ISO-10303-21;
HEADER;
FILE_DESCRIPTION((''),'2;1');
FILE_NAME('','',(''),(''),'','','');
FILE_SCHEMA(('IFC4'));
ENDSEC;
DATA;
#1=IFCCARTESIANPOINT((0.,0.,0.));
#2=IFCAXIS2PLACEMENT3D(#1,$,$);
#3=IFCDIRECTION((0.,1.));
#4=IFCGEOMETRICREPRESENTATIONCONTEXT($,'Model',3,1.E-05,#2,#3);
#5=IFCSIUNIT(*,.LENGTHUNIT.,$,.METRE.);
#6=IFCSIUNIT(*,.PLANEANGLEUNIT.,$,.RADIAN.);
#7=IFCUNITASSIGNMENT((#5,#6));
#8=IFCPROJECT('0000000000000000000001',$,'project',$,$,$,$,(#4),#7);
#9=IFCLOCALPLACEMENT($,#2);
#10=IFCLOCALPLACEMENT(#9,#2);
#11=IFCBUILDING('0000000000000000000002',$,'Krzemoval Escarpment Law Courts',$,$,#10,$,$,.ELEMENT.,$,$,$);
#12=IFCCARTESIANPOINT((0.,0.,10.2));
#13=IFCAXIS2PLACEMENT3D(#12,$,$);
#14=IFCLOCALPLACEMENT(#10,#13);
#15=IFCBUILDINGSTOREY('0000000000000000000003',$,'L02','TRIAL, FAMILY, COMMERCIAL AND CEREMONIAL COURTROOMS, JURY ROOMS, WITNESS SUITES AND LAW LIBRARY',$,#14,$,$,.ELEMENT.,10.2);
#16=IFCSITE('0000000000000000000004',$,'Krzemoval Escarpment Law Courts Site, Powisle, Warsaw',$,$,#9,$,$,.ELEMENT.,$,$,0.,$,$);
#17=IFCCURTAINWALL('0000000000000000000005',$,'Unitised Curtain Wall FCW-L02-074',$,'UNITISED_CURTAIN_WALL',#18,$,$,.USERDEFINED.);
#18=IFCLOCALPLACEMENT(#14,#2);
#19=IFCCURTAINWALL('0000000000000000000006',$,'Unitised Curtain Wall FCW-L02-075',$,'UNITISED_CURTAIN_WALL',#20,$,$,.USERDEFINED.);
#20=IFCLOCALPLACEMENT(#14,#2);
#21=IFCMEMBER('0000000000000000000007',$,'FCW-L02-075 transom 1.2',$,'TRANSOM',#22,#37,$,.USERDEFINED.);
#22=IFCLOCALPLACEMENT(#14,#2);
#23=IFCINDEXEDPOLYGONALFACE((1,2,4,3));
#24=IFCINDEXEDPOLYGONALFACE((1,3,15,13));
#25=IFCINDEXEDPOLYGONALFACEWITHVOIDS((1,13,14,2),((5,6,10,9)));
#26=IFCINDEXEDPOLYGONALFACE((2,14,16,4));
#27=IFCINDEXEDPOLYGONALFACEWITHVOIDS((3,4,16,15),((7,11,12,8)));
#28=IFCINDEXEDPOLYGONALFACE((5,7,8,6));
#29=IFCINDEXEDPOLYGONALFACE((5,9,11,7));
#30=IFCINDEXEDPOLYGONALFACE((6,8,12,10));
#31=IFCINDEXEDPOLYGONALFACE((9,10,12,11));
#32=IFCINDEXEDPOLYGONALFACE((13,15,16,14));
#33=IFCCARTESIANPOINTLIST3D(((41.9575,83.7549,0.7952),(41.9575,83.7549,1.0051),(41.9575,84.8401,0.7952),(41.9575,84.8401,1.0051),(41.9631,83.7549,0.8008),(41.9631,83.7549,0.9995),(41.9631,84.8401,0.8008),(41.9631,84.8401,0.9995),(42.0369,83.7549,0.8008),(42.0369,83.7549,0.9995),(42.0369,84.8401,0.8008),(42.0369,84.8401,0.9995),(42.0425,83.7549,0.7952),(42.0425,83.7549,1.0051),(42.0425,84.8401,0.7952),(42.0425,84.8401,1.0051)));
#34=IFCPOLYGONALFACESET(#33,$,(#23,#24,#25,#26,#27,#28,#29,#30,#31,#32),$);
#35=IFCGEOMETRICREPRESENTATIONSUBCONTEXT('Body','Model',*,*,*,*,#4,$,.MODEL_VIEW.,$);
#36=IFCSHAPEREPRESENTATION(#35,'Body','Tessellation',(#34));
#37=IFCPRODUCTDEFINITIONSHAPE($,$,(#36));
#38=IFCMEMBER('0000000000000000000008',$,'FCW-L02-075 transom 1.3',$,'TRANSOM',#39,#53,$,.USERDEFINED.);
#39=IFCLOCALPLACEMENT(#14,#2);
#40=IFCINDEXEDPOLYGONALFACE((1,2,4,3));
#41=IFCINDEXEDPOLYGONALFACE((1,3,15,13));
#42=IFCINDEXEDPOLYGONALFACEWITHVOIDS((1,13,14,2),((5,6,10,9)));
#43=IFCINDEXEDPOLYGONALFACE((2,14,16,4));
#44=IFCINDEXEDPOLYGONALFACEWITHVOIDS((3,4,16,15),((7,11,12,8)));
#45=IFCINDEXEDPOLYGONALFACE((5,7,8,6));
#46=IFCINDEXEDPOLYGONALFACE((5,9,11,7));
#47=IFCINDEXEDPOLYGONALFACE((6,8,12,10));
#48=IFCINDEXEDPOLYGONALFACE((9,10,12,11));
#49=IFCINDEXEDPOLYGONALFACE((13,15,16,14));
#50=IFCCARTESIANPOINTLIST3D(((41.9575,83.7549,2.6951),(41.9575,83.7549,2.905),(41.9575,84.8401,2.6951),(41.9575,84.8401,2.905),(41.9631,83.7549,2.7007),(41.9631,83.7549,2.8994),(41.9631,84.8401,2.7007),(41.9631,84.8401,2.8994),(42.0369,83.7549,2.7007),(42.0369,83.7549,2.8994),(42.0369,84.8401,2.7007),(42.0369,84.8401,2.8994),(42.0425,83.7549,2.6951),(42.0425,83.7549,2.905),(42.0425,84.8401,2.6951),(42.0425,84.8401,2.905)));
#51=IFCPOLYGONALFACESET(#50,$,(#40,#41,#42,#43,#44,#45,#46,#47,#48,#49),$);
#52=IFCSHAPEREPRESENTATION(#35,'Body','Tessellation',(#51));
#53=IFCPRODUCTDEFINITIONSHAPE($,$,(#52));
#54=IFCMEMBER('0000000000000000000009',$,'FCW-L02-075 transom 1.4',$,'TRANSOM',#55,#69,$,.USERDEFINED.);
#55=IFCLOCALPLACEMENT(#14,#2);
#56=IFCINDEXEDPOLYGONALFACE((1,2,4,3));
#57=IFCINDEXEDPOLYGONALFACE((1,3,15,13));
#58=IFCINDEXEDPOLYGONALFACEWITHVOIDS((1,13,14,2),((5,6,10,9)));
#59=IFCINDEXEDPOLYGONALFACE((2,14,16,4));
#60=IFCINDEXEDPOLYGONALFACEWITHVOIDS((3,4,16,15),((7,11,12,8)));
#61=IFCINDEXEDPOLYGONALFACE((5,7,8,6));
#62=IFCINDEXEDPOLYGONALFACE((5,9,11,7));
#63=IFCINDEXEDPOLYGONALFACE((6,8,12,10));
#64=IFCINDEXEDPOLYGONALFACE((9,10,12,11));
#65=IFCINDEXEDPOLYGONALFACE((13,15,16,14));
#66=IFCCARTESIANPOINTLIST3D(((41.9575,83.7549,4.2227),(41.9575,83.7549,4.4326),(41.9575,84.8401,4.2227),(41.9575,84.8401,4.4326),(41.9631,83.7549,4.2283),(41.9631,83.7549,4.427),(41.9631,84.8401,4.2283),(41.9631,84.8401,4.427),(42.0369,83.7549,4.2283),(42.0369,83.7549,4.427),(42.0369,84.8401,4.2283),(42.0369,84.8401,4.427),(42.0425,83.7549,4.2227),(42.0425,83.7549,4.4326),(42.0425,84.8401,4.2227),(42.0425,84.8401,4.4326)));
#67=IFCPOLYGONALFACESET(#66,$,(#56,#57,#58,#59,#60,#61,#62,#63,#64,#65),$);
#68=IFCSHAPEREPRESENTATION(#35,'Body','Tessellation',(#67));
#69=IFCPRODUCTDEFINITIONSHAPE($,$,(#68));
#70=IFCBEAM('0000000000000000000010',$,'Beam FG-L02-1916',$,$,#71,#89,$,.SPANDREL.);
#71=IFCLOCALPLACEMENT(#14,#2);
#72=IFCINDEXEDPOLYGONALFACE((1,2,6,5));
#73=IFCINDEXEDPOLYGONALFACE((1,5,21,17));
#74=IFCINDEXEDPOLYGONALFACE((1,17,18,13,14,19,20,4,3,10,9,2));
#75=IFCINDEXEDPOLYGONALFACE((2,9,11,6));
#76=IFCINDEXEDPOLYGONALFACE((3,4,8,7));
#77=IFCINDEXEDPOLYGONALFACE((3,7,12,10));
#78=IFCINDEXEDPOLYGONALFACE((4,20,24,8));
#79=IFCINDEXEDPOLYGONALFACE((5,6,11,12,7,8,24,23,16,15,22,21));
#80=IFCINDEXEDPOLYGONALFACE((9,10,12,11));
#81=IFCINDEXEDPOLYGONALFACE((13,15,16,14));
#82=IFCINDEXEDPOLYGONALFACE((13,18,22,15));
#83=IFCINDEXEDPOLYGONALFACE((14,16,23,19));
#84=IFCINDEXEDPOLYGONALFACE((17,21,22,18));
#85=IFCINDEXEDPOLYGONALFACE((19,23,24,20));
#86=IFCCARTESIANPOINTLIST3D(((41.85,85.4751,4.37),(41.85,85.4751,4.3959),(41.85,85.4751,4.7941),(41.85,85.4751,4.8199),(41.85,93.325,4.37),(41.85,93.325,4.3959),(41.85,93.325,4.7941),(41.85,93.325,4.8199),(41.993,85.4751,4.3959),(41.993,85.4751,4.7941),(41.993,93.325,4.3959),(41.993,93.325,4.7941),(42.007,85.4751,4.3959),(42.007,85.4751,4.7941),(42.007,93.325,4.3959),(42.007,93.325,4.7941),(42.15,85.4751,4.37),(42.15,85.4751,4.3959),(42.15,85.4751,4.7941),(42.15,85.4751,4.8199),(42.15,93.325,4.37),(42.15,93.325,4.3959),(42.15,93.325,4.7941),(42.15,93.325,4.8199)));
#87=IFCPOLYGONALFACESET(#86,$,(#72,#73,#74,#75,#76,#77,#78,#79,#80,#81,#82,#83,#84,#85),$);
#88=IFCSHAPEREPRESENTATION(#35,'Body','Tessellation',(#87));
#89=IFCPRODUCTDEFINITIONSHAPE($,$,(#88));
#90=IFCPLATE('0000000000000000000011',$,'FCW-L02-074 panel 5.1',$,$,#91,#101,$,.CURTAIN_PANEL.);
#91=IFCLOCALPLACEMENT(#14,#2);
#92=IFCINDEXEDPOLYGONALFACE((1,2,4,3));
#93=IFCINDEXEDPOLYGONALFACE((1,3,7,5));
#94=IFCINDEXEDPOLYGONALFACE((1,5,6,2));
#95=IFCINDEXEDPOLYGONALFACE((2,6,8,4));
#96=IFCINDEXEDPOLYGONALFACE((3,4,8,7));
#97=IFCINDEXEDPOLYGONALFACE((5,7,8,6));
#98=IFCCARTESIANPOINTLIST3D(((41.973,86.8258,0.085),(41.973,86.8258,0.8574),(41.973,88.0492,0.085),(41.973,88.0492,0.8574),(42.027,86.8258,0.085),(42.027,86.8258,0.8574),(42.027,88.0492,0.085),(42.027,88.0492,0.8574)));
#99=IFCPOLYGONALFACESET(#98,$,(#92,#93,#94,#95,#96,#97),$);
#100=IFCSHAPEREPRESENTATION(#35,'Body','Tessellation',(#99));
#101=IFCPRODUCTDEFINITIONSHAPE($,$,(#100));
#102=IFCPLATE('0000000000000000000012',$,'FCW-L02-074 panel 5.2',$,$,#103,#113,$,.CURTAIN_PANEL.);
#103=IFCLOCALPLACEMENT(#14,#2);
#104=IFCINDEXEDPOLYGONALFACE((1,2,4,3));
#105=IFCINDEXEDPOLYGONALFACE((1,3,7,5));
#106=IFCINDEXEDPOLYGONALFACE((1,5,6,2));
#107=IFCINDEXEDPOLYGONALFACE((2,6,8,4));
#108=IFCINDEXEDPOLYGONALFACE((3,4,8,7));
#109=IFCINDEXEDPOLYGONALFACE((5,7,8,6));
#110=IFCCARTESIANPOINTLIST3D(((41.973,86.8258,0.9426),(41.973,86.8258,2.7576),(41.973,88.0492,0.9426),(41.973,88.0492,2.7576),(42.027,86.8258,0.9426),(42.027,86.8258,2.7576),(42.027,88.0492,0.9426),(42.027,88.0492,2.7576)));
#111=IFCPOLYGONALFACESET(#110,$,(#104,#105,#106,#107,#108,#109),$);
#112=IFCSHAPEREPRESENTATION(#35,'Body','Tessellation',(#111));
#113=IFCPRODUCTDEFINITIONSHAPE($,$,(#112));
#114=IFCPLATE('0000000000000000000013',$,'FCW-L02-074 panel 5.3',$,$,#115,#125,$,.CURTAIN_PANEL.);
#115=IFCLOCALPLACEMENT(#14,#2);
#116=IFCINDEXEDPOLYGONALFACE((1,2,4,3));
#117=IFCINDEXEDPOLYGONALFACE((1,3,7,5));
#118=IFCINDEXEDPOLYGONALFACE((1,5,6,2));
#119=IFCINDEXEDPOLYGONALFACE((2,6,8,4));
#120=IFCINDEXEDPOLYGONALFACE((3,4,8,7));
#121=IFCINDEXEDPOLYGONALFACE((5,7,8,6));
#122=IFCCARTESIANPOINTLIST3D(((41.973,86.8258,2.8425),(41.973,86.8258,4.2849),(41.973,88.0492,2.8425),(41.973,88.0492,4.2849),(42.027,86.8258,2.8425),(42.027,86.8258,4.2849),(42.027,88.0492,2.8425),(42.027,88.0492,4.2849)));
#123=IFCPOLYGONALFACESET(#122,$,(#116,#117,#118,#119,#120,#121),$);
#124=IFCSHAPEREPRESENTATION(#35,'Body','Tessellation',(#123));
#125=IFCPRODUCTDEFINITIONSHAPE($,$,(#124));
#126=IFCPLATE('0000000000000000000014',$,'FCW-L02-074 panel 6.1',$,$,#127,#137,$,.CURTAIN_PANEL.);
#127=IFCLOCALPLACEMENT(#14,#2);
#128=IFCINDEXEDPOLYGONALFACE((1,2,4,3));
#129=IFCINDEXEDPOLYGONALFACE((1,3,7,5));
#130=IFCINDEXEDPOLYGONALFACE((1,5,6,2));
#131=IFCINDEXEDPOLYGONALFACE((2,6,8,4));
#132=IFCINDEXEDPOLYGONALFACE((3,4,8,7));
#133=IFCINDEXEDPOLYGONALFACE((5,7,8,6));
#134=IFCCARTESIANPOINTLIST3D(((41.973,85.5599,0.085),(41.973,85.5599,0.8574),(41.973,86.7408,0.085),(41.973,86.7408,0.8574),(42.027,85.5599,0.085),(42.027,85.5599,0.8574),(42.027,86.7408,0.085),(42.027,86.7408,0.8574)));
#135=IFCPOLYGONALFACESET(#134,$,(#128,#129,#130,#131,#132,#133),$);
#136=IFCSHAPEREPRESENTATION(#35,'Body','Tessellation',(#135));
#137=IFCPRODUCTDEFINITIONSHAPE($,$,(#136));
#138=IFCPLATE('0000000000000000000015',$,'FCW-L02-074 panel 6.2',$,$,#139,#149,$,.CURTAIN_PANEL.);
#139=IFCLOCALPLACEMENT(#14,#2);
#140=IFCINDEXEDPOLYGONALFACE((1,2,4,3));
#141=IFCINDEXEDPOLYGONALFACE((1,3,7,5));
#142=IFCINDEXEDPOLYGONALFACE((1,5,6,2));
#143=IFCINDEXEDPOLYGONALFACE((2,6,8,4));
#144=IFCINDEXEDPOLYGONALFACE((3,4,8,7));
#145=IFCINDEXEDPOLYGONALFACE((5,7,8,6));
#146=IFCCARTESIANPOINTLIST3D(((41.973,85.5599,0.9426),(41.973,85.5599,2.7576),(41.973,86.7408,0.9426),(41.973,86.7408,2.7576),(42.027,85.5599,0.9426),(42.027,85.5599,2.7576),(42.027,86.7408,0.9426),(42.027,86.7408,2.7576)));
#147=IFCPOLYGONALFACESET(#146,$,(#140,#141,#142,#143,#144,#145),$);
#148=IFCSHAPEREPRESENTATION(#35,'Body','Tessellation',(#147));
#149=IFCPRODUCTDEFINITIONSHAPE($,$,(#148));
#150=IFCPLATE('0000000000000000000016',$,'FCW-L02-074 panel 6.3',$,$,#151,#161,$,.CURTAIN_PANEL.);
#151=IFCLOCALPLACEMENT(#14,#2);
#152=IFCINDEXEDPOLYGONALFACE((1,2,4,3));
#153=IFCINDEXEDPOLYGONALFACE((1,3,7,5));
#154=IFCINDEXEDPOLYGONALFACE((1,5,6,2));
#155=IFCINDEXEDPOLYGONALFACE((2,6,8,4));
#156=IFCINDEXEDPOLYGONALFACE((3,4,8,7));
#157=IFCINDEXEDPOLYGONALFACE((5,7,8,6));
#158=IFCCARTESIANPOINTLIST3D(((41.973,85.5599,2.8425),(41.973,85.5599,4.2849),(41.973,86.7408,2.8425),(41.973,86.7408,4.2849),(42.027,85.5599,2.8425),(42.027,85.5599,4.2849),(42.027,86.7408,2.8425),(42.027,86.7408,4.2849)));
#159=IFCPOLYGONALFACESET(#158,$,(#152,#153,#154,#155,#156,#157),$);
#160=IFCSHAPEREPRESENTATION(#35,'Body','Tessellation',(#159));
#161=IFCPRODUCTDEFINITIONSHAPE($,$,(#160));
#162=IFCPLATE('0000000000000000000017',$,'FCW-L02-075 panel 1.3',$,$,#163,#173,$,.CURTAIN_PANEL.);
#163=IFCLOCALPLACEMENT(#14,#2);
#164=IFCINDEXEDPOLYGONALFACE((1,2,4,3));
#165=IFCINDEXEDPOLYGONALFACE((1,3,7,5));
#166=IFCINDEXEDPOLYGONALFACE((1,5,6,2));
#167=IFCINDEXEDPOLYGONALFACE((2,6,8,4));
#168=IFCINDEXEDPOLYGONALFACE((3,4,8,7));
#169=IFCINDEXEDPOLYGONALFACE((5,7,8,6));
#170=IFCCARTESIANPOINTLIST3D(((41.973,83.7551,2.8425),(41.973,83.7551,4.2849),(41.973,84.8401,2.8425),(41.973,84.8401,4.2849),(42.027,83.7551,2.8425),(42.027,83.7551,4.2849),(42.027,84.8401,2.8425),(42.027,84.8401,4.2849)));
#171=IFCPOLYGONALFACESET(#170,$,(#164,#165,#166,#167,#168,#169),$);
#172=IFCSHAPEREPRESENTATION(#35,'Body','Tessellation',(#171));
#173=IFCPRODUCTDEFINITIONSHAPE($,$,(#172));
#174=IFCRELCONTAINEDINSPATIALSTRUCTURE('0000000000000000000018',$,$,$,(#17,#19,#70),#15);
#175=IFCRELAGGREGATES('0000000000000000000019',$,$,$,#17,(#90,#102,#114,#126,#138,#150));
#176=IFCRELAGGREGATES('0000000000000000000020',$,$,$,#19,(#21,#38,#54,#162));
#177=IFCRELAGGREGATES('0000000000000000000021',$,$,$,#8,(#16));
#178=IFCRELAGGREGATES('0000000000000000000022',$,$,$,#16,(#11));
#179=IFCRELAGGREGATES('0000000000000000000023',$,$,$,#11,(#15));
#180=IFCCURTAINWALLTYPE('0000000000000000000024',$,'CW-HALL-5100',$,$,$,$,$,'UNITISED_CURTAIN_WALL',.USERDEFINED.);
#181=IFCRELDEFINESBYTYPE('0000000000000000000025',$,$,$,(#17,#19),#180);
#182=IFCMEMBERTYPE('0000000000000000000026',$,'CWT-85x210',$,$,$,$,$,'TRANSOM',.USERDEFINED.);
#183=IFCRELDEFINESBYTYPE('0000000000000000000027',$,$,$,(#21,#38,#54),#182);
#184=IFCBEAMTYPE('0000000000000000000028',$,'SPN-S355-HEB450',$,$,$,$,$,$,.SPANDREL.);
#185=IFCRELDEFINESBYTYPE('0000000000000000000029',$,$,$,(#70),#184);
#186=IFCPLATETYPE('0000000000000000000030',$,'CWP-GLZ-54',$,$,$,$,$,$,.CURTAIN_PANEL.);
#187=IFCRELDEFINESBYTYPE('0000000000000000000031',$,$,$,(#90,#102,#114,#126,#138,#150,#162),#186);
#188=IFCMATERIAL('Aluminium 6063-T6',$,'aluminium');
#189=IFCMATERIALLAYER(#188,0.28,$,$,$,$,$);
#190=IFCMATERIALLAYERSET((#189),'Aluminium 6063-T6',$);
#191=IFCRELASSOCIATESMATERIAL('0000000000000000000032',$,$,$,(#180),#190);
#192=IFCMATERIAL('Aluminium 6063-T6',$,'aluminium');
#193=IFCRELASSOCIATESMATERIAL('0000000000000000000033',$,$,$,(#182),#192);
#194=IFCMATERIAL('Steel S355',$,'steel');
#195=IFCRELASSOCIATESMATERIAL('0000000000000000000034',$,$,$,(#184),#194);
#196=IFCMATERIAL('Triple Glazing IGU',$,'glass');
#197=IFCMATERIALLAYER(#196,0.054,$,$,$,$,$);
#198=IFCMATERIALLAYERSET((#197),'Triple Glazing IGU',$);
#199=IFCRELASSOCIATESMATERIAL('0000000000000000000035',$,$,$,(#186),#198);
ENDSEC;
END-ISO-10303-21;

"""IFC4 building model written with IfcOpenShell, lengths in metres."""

from ifc_helpers import new_model, si_unit, direction, frame, origin, origin_2d, place, context, subcontext, project, spatial, rectangle, hollow_rectangle, i_section, extrude, material, layer, layer_set, material_profile, profile_set, type_object, element, aggregate, save


model = new_model("IFC4")

# Units and contexts
model_context = context("Model", 3, precision=1e-05, world=origin(), true_north=direction((0.0, 1.0)))
body_context = subcontext(model_context, "Body", "Model", "MODEL_VIEW")
ifc_project = project(units=[si_unit("LENGTHUNIT", "METRE"), si_unit("PLANEANGLEUNIT", "RADIAN")], contexts=[model_context])

# Site, building, storey
site_placement = place(None, origin())
site = spatial("IfcSite", under=ifc_project, at=site_placement, Name="Krzemoval Escarpment Law Courts Site, Powisle, Warsaw", CompositionType="ELEMENT", RefElevation=0.0)
building_placement = place(site_placement, origin())
building = spatial("IfcBuilding", under=site, at=building_placement, Name="Krzemoval Escarpment Law Courts", CompositionType="ELEMENT")
storey_placement = place(building_placement, frame((0.0, 0.0, 10.2)))
storey = spatial("IfcBuildingStorey", under=building, at=storey_placement, Name="L02", Description="TRIAL, FAMILY, COMMERCIAL AND CEREMONIAL COURTROOMS, JURY ROOMS, WITNESS SUITES AND LAW LIBRARY", CompositionType="ELEMENT", Elevation=10.2)

# Curtain wall
ifc_material_1 = material(Name="Aluminium 6063-T6", Category="aluminium")
ifc_layer_1 = layer(ifc_material_1, 0.28)
ifc_layer_set_1 = layer_set([ifc_layer_1], Name="Aluminium 6063-T6")
curtain_wall_type = type_object("IfcCurtainWallType", Name="CW-HALL-5100", ElementType="UNITISED_CURTAIN_WALL", PredefinedType="USERDEFINED", material=ifc_layer_set_1)
curtain_wall_1_placement = place(storey_placement, origin())
curtain_wall_1 = element("IfcCurtainWall", 1, at=curtain_wall_1_placement, inside=storey, type_object=curtain_wall_type, Name="Unitised Curtain Wall FCW-L02-074", ObjectType="UNITISED_CURTAIN_WALL", PredefinedType="USERDEFINED")

# Curtain wall
curtain_wall_2_placement = place(storey_placement, origin())
curtain_wall_2 = element("IfcCurtainWall", 2, at=curtain_wall_2_placement, inside=storey, type_object=curtain_wall_type, Name="Unitised Curtain Wall FCW-L02-075", ObjectType="UNITISED_CURTAIN_WALL", PredefinedType="USERDEFINED")

# Members
ifc_material_2 = material(Name="Aluminium 6063-T6", Category="aluminium")
ifc_material_profile_1 = material_profile(ifc_material_2, hollow_rectangle(XDim=0.085, YDim=0.21, WallThickness=0.0056, at=origin_2d()), Name="ALU T85x210")
ifc_profile_set_1 = profile_set([ifc_material_profile_1], Name="Aluminium 6063-T6")
member_type_1 = type_object("IfcMemberType", Name="CWT-85x210", ElementType="TRANSOM", PredefinedType="USERDEFINED", material=ifc_profile_set_1)
member_1_placement = place(storey_placement, frame((42.0, 84.8401, 0.9001), z_axis=(0.0, -1.0, 0.0), x_axis=(1.0, 0.0, 0.0)))
member_1 = element("IfcMember", 3, at=member_1_placement, type_object=member_type_1, Name="FCW-L02-075 transom 1.2", ObjectType="TRANSOM", PredefinedType="USERDEFINED", context=body_context, shape_type="SweptSolid", body=[
    extrude(hollow_rectangle(XDim=0.085, YDim=0.21, WallThickness=0.0056, at=origin_2d()), origin(), (0.0, 0.0, 1.0), 1.0852),
])
member_2_placement = place(storey_placement, frame((42.0, 84.8401, 2.8), z_axis=(0.0, -1.0, 0.0), x_axis=(1.0, 0.0, 0.0)))
member_2 = element("IfcMember", 4, at=member_2_placement, type_object=member_type_1, Name="FCW-L02-075 transom 1.3", ObjectType="TRANSOM", PredefinedType="USERDEFINED", context=body_context, shape_type="SweptSolid", body=[
    extrude(hollow_rectangle(XDim=0.085, YDim=0.21, WallThickness=0.0056, at=origin_2d()), origin(), (0.0, 0.0, 1.0), 1.0852),
])
member_3_placement = place(storey_placement, frame((42.0, 84.8401, 4.3276), z_axis=(0.0, -1.0, 0.0), x_axis=(1.0, 0.0, 0.0)))
member_3 = element("IfcMember", 5, at=member_3_placement, type_object=member_type_1, Name="FCW-L02-075 transom 1.4", ObjectType="TRANSOM", PredefinedType="USERDEFINED", context=body_context, shape_type="SweptSolid", body=[
    extrude(hollow_rectangle(XDim=0.085, YDim=0.21, WallThickness=0.0056, at=origin_2d()), origin(), (0.0, 0.0, 1.0), 1.0852),
])

# Beam
ifc_material_3 = material(Name="Steel S355", Category="steel")
ifc_material_profile_2 = material_profile(ifc_material_3, i_section(OverallWidth=0.3, OverallDepth=0.45, WebThickness=0.0139, FlangeThickness=0.0259, at=origin_2d()), Name="HEB 450")
ifc_profile_set_2 = profile_set([ifc_material_profile_2], Name="Steel S355")
beam_type = type_object("IfcBeamType", Name="SPN-S355-HEB450", PredefinedType="SPANDREL", material=ifc_profile_set_2)
beam_placement = place(storey_placement, frame((42.0, 85.4751, 4.595), z_axis=(0.0, 1.0, 0.0), x_axis=(-1.0, 0.0, 0.0)))
element("IfcBeam", 6, at=beam_placement, inside=storey, type_object=beam_type, Name="Beam FG-L02-1916", PredefinedType="SPANDREL", context=body_context, shape_type="SweptSolid", body=[
    extrude(i_section(OverallWidth=0.3, OverallDepth=0.45, WebThickness=0.0139, FlangeThickness=0.0259, at=origin_2d()), origin(), (0.0, 0.0, 1.0), 7.8499),
])

# Plates
ifc_material_4 = material(Name="Triple Glazing IGU", Category="glass")
ifc_layer_2 = layer(ifc_material_4, 0.054)
ifc_layer_set_2 = layer_set([ifc_layer_2], Name="Triple Glazing IGU")
plate_type = type_object("IfcPlateType", Name="CWP-GLZ-54", PredefinedType="CURTAIN_PANEL", material=ifc_layer_set_2)
plate_1_placement = place(storey_placement, frame((42.0, 87.4375, 0.085), z_axis=(0.0, 0.0, 1.0), x_axis=(0.0, -1.0, 0.0)))
plate_1 = element("IfcPlate", 7, at=plate_1_placement, type_object=plate_type, Name="FCW-L02-074 panel 5.1", PredefinedType="CURTAIN_PANEL", context=body_context, shape_type="SweptSolid", body=[
    extrude(rectangle(XDim=1.2234, YDim=0.054, at=origin_2d()), origin(), (0.0, 0.0, 1.0), 0.7725),
])
plate_2_placement = place(storey_placement, frame((42.0, 87.4375, 0.9426), z_axis=(0.0, 0.0, 1.0), x_axis=(0.0, -1.0, 0.0)))
plate_2 = element("IfcPlate", 8, at=plate_2_placement, type_object=plate_type, Name="FCW-L02-074 panel 5.2", PredefinedType="CURTAIN_PANEL", context=body_context, shape_type="SweptSolid", body=[
    extrude(rectangle(XDim=1.2234, YDim=0.054, at=origin_2d()), origin(), (0.0, 0.0, 1.0), 1.8149),
])
plate_3_placement = place(storey_placement, frame((42.0, 87.4375, 2.8425), z_axis=(0.0, 0.0, 1.0), x_axis=(0.0, -1.0, 0.0)))
plate_3 = element("IfcPlate", 9, at=plate_3_placement, type_object=plate_type, Name="FCW-L02-074 panel 5.3", PredefinedType="CURTAIN_PANEL", context=body_context, shape_type="SweptSolid", body=[
    extrude(rectangle(XDim=1.2234, YDim=0.054, at=origin_2d()), origin(), (0.0, 0.0, 1.0), 1.4424),
])
plate_4_placement = place(storey_placement, frame((42.0, 86.1504, 0.085), z_axis=(0.0, 0.0, 1.0), x_axis=(0.0, -1.0, 0.0)))
plate_4 = element("IfcPlate", 10, at=plate_4_placement, type_object=plate_type, Name="FCW-L02-074 panel 6.1", PredefinedType="CURTAIN_PANEL", context=body_context, shape_type="SweptSolid", body=[
    extrude(rectangle(XDim=1.1809, YDim=0.054, at=origin_2d()), origin(), (0.0, 0.0, 1.0), 0.7725),
])
plate_5_placement = place(storey_placement, frame((42.0, 86.1504, 0.9426), z_axis=(0.0, 0.0, 1.0), x_axis=(0.0, -1.0, 0.0)))
plate_5 = element("IfcPlate", 11, at=plate_5_placement, type_object=plate_type, Name="FCW-L02-074 panel 6.2", PredefinedType="CURTAIN_PANEL", context=body_context, shape_type="SweptSolid", body=[
    extrude(rectangle(XDim=1.1809, YDim=0.054, at=origin_2d()), origin(), (0.0, 0.0, 1.0), 1.8149),
])
plate_6_placement = place(storey_placement, frame((42.0, 86.1504, 2.8425), z_axis=(0.0, 0.0, 1.0), x_axis=(0.0, -1.0, 0.0)))
plate_6 = element("IfcPlate", 12, at=plate_6_placement, type_object=plate_type, Name="FCW-L02-074 panel 6.3", PredefinedType="CURTAIN_PANEL", context=body_context, shape_type="SweptSolid", body=[
    extrude(rectangle(XDim=1.1809, YDim=0.054, at=origin_2d()), origin(), (0.0, 0.0, 1.0), 1.4424),
])
aggregate(curtain_wall_1, [plate_1, plate_2, plate_3, plate_4, plate_5, plate_6])
plate_7_placement = place(storey_placement, frame((42.0, 84.2976, 2.8425), z_axis=(0.0, 0.0, 1.0), x_axis=(0.0, -1.0, 0.0)))
plate_7 = element("IfcPlate", 13, at=plate_7_placement, type_object=plate_type, Name="FCW-L02-075 panel 1.3", PredefinedType="CURTAIN_PANEL", context=body_context, shape_type="SweptSolid", body=[
    extrude(rectangle(XDim=1.085, YDim=0.054, at=origin_2d()), origin(), (0.0, 0.0, 1.0), 1.4424),
])
aggregate(curtain_wall_2, [member_1, member_2, member_3, plate_7])

save(model, "model.ifc")
